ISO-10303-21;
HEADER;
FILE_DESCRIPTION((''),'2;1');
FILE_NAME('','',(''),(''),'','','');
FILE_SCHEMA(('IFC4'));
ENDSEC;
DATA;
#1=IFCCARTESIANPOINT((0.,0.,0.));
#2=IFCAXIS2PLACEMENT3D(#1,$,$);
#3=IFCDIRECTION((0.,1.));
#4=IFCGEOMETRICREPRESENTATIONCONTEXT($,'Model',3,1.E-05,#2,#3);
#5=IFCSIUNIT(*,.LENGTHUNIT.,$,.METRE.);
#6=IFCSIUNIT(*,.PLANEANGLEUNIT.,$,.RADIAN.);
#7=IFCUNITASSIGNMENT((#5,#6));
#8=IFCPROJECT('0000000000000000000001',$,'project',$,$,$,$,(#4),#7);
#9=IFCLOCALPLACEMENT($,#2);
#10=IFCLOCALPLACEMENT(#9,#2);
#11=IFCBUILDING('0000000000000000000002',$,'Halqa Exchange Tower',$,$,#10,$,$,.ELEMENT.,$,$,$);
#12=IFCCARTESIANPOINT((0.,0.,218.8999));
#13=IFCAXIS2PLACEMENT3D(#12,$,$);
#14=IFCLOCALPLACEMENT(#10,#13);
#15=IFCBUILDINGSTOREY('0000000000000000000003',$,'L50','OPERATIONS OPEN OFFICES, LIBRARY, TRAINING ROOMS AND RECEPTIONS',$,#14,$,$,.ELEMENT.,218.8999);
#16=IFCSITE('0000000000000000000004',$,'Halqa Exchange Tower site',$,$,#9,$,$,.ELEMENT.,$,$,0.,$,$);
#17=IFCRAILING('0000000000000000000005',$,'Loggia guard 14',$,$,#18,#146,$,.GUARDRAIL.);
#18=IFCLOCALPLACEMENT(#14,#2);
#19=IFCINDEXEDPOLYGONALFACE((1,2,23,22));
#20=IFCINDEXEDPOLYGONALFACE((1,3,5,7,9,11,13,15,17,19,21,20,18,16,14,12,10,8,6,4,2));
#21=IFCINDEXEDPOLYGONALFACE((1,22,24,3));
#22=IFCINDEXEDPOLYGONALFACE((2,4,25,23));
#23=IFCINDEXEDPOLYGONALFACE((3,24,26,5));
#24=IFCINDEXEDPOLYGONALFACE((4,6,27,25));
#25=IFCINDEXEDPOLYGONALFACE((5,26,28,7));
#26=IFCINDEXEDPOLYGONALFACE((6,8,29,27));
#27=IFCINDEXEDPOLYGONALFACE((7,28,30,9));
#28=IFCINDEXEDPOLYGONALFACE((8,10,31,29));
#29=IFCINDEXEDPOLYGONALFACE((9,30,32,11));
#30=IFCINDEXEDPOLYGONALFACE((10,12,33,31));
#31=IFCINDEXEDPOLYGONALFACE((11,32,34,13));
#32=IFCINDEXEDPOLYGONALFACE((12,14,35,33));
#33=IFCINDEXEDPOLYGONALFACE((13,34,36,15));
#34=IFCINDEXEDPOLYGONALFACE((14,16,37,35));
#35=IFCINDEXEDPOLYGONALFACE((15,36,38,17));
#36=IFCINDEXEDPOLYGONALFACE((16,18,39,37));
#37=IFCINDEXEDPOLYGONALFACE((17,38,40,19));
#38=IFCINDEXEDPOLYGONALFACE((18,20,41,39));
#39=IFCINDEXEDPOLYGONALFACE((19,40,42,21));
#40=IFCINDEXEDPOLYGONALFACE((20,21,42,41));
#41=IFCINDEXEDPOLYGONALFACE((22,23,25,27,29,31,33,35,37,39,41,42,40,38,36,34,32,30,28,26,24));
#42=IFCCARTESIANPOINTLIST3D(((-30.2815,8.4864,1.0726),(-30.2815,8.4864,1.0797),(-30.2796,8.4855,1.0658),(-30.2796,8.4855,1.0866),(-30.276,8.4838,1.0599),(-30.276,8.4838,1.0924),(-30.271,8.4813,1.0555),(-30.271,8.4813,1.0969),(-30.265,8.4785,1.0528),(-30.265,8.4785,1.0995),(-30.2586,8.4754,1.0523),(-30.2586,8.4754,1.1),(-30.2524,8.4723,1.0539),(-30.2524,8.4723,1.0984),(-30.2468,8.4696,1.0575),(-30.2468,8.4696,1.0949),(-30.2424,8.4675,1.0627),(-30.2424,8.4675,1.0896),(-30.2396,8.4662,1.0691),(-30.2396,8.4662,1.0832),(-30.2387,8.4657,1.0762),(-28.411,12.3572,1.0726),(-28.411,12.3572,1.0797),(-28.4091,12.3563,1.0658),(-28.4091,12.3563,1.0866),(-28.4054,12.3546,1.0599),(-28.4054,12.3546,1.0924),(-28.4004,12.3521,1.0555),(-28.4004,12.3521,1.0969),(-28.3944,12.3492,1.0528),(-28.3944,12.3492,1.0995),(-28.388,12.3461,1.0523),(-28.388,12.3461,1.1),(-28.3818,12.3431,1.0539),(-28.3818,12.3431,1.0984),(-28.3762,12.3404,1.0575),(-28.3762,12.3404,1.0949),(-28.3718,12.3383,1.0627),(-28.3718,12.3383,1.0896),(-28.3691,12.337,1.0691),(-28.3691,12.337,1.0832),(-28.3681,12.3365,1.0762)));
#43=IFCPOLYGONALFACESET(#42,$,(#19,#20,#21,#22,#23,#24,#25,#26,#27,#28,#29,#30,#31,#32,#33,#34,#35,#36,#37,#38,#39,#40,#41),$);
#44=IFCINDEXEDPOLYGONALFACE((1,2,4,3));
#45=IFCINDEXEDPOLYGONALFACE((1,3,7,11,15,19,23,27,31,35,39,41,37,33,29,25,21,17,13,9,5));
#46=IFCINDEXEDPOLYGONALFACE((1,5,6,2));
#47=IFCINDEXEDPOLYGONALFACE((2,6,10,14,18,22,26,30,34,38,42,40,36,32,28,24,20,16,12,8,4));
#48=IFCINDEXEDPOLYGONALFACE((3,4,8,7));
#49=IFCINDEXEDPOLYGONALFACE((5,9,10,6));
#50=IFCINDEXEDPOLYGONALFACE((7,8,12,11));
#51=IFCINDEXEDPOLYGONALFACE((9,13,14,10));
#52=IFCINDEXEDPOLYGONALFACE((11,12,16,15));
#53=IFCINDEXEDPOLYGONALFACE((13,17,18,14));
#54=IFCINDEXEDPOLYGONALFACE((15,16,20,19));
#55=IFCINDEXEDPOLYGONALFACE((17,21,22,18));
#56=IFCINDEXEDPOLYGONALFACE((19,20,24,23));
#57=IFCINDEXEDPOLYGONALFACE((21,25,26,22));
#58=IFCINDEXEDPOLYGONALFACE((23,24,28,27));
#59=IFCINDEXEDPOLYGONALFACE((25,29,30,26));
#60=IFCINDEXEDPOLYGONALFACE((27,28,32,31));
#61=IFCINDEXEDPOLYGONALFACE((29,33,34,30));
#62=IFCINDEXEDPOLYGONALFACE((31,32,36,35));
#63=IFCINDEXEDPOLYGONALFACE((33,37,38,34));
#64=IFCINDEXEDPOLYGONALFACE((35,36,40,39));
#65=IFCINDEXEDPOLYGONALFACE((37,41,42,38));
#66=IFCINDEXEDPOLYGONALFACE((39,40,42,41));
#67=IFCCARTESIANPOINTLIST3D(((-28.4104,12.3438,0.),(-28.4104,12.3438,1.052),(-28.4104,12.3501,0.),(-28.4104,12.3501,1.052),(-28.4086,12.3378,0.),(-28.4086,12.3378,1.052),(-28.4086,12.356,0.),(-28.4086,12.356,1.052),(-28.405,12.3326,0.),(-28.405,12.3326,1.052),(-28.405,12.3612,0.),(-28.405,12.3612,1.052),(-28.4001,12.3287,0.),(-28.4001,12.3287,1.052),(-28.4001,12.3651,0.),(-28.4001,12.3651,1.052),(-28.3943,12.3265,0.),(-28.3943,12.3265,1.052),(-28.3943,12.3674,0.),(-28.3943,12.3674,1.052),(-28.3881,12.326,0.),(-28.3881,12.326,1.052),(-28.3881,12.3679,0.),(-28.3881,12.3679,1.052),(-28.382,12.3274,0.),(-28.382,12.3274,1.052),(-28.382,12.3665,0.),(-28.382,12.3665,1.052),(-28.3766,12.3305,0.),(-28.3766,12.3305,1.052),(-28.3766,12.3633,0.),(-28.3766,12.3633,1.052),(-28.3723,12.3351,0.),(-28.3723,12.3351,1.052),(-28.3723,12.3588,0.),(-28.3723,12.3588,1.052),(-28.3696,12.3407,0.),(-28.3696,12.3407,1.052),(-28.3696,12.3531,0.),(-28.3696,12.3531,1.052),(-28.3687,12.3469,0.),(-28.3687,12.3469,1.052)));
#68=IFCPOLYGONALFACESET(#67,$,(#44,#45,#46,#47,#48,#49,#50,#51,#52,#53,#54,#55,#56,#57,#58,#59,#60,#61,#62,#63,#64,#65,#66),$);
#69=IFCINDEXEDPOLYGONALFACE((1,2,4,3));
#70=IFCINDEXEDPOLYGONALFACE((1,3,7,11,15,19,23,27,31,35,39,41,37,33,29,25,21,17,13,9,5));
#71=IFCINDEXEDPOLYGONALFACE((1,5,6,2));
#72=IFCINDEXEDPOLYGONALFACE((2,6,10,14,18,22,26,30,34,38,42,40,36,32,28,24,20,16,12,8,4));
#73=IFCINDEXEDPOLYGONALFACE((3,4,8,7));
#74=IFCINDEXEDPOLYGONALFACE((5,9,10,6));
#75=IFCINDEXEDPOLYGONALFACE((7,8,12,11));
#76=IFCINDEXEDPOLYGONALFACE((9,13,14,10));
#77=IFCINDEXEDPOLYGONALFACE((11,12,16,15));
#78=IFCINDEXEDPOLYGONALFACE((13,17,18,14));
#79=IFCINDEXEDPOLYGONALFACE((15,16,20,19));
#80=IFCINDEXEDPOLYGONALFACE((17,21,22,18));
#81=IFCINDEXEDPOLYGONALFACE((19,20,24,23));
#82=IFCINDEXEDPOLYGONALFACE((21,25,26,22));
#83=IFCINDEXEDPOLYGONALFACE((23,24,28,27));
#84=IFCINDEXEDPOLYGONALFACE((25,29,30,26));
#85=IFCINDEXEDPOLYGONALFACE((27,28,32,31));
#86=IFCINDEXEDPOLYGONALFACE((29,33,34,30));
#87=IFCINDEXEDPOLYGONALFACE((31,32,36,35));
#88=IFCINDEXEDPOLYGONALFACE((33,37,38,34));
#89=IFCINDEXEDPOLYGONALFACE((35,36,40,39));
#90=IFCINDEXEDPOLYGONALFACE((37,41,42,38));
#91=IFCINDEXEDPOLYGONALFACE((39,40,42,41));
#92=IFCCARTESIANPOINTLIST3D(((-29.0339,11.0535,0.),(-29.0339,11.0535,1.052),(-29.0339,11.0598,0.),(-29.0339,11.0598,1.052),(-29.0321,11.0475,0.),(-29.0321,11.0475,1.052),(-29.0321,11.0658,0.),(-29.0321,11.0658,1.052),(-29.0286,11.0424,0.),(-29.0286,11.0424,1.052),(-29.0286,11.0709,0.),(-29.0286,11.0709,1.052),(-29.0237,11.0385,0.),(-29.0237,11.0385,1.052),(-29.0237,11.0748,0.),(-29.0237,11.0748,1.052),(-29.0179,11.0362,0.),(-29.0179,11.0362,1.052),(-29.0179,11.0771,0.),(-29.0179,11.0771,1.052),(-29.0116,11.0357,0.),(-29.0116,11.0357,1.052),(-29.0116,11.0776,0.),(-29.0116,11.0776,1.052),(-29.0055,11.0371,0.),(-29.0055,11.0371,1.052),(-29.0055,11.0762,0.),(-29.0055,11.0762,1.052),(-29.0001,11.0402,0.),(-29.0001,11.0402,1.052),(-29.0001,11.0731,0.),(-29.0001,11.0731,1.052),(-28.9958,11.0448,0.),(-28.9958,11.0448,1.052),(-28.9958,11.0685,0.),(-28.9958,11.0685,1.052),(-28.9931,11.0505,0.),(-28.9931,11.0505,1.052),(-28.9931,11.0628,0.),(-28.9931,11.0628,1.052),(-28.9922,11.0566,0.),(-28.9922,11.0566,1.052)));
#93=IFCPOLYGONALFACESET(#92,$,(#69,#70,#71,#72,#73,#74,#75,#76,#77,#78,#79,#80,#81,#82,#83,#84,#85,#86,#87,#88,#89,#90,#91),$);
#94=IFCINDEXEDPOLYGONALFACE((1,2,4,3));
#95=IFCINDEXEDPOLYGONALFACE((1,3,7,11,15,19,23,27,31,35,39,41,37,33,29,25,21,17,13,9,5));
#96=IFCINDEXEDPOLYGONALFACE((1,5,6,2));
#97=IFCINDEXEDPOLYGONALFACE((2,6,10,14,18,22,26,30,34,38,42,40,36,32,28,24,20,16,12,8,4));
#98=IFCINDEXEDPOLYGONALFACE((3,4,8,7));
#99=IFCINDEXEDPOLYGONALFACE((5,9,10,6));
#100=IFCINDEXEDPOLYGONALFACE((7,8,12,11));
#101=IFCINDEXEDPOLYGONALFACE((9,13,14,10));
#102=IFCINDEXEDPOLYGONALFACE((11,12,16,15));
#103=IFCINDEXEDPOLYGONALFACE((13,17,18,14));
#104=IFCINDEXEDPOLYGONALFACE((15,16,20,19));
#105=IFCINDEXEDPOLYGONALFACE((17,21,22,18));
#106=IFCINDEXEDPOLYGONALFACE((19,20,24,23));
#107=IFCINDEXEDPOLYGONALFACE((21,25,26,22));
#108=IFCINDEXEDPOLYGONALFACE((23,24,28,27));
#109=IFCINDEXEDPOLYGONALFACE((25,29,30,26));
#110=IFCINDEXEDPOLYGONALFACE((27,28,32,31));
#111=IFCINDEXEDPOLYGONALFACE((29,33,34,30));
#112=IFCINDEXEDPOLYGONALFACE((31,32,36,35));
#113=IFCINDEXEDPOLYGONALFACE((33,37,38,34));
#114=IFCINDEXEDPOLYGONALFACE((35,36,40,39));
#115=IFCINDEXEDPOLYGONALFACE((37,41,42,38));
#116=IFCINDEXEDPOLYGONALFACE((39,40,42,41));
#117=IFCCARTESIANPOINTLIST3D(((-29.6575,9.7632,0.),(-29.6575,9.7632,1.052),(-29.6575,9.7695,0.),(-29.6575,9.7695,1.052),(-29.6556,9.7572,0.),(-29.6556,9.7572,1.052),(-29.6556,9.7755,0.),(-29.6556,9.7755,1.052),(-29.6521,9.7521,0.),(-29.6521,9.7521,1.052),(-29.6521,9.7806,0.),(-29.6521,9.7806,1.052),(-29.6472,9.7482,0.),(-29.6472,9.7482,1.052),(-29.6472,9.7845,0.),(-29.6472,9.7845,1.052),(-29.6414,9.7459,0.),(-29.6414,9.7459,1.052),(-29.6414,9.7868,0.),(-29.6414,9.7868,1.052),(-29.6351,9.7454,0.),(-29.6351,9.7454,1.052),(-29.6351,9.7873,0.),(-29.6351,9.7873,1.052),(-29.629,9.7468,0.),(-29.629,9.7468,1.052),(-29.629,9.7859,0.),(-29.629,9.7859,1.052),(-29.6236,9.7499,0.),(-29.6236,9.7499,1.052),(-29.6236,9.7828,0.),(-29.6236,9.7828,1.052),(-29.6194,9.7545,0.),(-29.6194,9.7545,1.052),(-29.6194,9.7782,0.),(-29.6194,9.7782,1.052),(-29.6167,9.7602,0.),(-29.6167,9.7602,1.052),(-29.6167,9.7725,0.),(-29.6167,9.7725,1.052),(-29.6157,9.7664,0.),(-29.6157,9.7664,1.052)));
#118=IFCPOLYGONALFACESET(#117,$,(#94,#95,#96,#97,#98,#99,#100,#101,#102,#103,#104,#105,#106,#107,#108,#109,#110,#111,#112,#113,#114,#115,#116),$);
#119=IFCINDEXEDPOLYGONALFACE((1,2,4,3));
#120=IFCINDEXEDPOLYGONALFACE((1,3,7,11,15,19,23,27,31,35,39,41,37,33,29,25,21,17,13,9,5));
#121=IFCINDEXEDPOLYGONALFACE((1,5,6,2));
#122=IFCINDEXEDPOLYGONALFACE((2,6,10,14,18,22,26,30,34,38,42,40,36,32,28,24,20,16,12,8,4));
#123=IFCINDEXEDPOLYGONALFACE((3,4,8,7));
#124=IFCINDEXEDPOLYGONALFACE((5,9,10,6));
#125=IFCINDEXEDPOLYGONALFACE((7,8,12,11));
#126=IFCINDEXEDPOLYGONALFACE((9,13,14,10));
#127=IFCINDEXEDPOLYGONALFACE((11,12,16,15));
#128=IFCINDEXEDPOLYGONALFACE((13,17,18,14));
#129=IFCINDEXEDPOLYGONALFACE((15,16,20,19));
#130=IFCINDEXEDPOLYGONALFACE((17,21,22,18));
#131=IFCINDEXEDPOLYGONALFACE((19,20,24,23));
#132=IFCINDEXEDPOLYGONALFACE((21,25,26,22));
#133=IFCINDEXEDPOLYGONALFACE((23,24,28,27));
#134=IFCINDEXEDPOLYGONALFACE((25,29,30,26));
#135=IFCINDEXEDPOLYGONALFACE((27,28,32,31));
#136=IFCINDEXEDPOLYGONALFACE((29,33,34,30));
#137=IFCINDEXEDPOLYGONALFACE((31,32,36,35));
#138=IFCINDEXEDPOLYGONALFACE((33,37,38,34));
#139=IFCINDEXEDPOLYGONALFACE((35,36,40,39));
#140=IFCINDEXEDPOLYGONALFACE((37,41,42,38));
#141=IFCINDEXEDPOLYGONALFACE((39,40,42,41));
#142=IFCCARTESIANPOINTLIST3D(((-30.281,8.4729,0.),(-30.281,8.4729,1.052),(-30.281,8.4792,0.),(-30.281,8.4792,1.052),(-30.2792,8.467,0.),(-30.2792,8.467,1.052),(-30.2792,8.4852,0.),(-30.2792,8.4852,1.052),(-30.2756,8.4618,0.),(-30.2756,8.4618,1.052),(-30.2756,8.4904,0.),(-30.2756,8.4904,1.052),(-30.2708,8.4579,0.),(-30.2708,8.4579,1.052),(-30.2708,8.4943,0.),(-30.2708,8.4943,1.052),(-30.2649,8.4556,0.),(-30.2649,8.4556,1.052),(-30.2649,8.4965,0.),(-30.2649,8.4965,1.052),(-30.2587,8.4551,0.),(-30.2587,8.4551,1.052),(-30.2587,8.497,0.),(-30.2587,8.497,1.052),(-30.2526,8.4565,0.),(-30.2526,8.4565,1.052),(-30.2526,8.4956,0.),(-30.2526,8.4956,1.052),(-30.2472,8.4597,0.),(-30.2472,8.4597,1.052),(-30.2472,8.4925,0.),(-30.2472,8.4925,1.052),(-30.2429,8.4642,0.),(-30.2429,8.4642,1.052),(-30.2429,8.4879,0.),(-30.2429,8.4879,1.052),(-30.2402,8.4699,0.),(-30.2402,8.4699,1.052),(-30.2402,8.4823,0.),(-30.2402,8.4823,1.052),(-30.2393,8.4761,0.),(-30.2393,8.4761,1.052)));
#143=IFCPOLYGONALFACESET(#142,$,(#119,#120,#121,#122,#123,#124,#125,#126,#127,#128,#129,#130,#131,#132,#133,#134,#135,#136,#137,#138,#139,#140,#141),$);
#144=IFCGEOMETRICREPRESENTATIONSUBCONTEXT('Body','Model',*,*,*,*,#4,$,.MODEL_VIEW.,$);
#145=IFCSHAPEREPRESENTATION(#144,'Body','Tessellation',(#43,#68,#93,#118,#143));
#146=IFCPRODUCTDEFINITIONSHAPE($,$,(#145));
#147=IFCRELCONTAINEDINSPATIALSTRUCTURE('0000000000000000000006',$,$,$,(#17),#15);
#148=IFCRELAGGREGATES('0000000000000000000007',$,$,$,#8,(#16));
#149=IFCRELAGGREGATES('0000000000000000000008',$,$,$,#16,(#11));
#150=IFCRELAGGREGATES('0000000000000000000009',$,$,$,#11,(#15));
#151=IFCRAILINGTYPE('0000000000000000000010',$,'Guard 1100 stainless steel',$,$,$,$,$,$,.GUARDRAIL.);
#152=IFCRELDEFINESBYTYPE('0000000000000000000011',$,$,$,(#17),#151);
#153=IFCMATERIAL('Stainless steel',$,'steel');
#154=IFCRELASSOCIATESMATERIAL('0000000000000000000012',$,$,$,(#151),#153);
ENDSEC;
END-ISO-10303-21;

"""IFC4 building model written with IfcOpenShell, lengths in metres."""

from ifc_helpers import new_model, si_unit, direction, frame, origin, origin_2d, place, context, subcontext, project, spatial, circle, extrude, material, type_object, element, save


model = new_model("IFC4")

# Units and contexts
model_context = context("Model", 3, precision=1e-05, world=origin(), true_north=direction((0.0, 1.0)))
body_context = subcontext(model_context, "Body", "Model", "MODEL_VIEW")
ifc_project = project(units=[si_unit("LENGTHUNIT", "METRE"), si_unit("PLANEANGLEUNIT", "RADIAN")], contexts=[model_context])

# Site, building, storey
site_placement = place(None, origin())
site = spatial("IfcSite", under=ifc_project, at=site_placement, Name="Halqa Exchange Tower site", CompositionType="ELEMENT", RefElevation=0.0)
building_placement = place(site_placement, origin())
building = spatial("IfcBuilding", under=site, at=building_placement, Name="Halqa Exchange Tower", CompositionType="ELEMENT")
storey_placement = place(building_placement, frame((0.0, 0.0, 218.8999)))
storey = spatial("IfcBuildingStorey", under=building, at=storey_placement, Name="L50", Description="OPERATIONS OPEN OFFICES, LIBRARY, TRAINING ROOMS AND RECEPTIONS", CompositionType="ELEMENT", Elevation=218.8999)

# Railing
ifc_material_1 = material(Name="Stainless steel", Category="steel")
railing_type = type_object("IfcRailingType", Name="Guard 1100 stainless steel", PredefinedType="GUARDRAIL", material=ifc_material_1)
railing_1_placement = place(storey_placement, frame((-28.3896, 12.3469, 0.0)))
element("IfcRailing", 1, at=railing_1_placement, inside=storey, type_object=railing_type, Name="Loggia guard 14", PredefinedType="GUARDRAIL", context=body_context, shape_type="SweptSolid", body=[
    extrude(circle(Radius=0.0239, at=origin_2d()), frame((0.0, 0.0, 1.0762), z_axis=(-0.435111, -0.900377, 0.0), x_axis=(0.900377, -0.435111, 0.0)), (0.0, 0.0, 1.0), 4.2991),
    extrude(circle(Radius=0.021, at=origin_2d()), origin(), (0.0, 0.0, 1.0), 1.052),
    extrude(circle(Radius=0.021, at=origin_2d()), frame((-0.6235, -1.2903, 0.0)), (0.0, 0.0, 1.0), 1.052),
    extrude(circle(Radius=0.021, at=origin_2d()), frame((-1.2471, -2.5806, 0.0)), (0.0, 0.0, 1.0), 1.052),
    extrude(circle(Radius=0.021, at=origin_2d()), frame((-1.8706, -3.8708, 0.0)), (0.0, 0.0, 1.0), 1.052),
])

save(model, "model.ifc")
